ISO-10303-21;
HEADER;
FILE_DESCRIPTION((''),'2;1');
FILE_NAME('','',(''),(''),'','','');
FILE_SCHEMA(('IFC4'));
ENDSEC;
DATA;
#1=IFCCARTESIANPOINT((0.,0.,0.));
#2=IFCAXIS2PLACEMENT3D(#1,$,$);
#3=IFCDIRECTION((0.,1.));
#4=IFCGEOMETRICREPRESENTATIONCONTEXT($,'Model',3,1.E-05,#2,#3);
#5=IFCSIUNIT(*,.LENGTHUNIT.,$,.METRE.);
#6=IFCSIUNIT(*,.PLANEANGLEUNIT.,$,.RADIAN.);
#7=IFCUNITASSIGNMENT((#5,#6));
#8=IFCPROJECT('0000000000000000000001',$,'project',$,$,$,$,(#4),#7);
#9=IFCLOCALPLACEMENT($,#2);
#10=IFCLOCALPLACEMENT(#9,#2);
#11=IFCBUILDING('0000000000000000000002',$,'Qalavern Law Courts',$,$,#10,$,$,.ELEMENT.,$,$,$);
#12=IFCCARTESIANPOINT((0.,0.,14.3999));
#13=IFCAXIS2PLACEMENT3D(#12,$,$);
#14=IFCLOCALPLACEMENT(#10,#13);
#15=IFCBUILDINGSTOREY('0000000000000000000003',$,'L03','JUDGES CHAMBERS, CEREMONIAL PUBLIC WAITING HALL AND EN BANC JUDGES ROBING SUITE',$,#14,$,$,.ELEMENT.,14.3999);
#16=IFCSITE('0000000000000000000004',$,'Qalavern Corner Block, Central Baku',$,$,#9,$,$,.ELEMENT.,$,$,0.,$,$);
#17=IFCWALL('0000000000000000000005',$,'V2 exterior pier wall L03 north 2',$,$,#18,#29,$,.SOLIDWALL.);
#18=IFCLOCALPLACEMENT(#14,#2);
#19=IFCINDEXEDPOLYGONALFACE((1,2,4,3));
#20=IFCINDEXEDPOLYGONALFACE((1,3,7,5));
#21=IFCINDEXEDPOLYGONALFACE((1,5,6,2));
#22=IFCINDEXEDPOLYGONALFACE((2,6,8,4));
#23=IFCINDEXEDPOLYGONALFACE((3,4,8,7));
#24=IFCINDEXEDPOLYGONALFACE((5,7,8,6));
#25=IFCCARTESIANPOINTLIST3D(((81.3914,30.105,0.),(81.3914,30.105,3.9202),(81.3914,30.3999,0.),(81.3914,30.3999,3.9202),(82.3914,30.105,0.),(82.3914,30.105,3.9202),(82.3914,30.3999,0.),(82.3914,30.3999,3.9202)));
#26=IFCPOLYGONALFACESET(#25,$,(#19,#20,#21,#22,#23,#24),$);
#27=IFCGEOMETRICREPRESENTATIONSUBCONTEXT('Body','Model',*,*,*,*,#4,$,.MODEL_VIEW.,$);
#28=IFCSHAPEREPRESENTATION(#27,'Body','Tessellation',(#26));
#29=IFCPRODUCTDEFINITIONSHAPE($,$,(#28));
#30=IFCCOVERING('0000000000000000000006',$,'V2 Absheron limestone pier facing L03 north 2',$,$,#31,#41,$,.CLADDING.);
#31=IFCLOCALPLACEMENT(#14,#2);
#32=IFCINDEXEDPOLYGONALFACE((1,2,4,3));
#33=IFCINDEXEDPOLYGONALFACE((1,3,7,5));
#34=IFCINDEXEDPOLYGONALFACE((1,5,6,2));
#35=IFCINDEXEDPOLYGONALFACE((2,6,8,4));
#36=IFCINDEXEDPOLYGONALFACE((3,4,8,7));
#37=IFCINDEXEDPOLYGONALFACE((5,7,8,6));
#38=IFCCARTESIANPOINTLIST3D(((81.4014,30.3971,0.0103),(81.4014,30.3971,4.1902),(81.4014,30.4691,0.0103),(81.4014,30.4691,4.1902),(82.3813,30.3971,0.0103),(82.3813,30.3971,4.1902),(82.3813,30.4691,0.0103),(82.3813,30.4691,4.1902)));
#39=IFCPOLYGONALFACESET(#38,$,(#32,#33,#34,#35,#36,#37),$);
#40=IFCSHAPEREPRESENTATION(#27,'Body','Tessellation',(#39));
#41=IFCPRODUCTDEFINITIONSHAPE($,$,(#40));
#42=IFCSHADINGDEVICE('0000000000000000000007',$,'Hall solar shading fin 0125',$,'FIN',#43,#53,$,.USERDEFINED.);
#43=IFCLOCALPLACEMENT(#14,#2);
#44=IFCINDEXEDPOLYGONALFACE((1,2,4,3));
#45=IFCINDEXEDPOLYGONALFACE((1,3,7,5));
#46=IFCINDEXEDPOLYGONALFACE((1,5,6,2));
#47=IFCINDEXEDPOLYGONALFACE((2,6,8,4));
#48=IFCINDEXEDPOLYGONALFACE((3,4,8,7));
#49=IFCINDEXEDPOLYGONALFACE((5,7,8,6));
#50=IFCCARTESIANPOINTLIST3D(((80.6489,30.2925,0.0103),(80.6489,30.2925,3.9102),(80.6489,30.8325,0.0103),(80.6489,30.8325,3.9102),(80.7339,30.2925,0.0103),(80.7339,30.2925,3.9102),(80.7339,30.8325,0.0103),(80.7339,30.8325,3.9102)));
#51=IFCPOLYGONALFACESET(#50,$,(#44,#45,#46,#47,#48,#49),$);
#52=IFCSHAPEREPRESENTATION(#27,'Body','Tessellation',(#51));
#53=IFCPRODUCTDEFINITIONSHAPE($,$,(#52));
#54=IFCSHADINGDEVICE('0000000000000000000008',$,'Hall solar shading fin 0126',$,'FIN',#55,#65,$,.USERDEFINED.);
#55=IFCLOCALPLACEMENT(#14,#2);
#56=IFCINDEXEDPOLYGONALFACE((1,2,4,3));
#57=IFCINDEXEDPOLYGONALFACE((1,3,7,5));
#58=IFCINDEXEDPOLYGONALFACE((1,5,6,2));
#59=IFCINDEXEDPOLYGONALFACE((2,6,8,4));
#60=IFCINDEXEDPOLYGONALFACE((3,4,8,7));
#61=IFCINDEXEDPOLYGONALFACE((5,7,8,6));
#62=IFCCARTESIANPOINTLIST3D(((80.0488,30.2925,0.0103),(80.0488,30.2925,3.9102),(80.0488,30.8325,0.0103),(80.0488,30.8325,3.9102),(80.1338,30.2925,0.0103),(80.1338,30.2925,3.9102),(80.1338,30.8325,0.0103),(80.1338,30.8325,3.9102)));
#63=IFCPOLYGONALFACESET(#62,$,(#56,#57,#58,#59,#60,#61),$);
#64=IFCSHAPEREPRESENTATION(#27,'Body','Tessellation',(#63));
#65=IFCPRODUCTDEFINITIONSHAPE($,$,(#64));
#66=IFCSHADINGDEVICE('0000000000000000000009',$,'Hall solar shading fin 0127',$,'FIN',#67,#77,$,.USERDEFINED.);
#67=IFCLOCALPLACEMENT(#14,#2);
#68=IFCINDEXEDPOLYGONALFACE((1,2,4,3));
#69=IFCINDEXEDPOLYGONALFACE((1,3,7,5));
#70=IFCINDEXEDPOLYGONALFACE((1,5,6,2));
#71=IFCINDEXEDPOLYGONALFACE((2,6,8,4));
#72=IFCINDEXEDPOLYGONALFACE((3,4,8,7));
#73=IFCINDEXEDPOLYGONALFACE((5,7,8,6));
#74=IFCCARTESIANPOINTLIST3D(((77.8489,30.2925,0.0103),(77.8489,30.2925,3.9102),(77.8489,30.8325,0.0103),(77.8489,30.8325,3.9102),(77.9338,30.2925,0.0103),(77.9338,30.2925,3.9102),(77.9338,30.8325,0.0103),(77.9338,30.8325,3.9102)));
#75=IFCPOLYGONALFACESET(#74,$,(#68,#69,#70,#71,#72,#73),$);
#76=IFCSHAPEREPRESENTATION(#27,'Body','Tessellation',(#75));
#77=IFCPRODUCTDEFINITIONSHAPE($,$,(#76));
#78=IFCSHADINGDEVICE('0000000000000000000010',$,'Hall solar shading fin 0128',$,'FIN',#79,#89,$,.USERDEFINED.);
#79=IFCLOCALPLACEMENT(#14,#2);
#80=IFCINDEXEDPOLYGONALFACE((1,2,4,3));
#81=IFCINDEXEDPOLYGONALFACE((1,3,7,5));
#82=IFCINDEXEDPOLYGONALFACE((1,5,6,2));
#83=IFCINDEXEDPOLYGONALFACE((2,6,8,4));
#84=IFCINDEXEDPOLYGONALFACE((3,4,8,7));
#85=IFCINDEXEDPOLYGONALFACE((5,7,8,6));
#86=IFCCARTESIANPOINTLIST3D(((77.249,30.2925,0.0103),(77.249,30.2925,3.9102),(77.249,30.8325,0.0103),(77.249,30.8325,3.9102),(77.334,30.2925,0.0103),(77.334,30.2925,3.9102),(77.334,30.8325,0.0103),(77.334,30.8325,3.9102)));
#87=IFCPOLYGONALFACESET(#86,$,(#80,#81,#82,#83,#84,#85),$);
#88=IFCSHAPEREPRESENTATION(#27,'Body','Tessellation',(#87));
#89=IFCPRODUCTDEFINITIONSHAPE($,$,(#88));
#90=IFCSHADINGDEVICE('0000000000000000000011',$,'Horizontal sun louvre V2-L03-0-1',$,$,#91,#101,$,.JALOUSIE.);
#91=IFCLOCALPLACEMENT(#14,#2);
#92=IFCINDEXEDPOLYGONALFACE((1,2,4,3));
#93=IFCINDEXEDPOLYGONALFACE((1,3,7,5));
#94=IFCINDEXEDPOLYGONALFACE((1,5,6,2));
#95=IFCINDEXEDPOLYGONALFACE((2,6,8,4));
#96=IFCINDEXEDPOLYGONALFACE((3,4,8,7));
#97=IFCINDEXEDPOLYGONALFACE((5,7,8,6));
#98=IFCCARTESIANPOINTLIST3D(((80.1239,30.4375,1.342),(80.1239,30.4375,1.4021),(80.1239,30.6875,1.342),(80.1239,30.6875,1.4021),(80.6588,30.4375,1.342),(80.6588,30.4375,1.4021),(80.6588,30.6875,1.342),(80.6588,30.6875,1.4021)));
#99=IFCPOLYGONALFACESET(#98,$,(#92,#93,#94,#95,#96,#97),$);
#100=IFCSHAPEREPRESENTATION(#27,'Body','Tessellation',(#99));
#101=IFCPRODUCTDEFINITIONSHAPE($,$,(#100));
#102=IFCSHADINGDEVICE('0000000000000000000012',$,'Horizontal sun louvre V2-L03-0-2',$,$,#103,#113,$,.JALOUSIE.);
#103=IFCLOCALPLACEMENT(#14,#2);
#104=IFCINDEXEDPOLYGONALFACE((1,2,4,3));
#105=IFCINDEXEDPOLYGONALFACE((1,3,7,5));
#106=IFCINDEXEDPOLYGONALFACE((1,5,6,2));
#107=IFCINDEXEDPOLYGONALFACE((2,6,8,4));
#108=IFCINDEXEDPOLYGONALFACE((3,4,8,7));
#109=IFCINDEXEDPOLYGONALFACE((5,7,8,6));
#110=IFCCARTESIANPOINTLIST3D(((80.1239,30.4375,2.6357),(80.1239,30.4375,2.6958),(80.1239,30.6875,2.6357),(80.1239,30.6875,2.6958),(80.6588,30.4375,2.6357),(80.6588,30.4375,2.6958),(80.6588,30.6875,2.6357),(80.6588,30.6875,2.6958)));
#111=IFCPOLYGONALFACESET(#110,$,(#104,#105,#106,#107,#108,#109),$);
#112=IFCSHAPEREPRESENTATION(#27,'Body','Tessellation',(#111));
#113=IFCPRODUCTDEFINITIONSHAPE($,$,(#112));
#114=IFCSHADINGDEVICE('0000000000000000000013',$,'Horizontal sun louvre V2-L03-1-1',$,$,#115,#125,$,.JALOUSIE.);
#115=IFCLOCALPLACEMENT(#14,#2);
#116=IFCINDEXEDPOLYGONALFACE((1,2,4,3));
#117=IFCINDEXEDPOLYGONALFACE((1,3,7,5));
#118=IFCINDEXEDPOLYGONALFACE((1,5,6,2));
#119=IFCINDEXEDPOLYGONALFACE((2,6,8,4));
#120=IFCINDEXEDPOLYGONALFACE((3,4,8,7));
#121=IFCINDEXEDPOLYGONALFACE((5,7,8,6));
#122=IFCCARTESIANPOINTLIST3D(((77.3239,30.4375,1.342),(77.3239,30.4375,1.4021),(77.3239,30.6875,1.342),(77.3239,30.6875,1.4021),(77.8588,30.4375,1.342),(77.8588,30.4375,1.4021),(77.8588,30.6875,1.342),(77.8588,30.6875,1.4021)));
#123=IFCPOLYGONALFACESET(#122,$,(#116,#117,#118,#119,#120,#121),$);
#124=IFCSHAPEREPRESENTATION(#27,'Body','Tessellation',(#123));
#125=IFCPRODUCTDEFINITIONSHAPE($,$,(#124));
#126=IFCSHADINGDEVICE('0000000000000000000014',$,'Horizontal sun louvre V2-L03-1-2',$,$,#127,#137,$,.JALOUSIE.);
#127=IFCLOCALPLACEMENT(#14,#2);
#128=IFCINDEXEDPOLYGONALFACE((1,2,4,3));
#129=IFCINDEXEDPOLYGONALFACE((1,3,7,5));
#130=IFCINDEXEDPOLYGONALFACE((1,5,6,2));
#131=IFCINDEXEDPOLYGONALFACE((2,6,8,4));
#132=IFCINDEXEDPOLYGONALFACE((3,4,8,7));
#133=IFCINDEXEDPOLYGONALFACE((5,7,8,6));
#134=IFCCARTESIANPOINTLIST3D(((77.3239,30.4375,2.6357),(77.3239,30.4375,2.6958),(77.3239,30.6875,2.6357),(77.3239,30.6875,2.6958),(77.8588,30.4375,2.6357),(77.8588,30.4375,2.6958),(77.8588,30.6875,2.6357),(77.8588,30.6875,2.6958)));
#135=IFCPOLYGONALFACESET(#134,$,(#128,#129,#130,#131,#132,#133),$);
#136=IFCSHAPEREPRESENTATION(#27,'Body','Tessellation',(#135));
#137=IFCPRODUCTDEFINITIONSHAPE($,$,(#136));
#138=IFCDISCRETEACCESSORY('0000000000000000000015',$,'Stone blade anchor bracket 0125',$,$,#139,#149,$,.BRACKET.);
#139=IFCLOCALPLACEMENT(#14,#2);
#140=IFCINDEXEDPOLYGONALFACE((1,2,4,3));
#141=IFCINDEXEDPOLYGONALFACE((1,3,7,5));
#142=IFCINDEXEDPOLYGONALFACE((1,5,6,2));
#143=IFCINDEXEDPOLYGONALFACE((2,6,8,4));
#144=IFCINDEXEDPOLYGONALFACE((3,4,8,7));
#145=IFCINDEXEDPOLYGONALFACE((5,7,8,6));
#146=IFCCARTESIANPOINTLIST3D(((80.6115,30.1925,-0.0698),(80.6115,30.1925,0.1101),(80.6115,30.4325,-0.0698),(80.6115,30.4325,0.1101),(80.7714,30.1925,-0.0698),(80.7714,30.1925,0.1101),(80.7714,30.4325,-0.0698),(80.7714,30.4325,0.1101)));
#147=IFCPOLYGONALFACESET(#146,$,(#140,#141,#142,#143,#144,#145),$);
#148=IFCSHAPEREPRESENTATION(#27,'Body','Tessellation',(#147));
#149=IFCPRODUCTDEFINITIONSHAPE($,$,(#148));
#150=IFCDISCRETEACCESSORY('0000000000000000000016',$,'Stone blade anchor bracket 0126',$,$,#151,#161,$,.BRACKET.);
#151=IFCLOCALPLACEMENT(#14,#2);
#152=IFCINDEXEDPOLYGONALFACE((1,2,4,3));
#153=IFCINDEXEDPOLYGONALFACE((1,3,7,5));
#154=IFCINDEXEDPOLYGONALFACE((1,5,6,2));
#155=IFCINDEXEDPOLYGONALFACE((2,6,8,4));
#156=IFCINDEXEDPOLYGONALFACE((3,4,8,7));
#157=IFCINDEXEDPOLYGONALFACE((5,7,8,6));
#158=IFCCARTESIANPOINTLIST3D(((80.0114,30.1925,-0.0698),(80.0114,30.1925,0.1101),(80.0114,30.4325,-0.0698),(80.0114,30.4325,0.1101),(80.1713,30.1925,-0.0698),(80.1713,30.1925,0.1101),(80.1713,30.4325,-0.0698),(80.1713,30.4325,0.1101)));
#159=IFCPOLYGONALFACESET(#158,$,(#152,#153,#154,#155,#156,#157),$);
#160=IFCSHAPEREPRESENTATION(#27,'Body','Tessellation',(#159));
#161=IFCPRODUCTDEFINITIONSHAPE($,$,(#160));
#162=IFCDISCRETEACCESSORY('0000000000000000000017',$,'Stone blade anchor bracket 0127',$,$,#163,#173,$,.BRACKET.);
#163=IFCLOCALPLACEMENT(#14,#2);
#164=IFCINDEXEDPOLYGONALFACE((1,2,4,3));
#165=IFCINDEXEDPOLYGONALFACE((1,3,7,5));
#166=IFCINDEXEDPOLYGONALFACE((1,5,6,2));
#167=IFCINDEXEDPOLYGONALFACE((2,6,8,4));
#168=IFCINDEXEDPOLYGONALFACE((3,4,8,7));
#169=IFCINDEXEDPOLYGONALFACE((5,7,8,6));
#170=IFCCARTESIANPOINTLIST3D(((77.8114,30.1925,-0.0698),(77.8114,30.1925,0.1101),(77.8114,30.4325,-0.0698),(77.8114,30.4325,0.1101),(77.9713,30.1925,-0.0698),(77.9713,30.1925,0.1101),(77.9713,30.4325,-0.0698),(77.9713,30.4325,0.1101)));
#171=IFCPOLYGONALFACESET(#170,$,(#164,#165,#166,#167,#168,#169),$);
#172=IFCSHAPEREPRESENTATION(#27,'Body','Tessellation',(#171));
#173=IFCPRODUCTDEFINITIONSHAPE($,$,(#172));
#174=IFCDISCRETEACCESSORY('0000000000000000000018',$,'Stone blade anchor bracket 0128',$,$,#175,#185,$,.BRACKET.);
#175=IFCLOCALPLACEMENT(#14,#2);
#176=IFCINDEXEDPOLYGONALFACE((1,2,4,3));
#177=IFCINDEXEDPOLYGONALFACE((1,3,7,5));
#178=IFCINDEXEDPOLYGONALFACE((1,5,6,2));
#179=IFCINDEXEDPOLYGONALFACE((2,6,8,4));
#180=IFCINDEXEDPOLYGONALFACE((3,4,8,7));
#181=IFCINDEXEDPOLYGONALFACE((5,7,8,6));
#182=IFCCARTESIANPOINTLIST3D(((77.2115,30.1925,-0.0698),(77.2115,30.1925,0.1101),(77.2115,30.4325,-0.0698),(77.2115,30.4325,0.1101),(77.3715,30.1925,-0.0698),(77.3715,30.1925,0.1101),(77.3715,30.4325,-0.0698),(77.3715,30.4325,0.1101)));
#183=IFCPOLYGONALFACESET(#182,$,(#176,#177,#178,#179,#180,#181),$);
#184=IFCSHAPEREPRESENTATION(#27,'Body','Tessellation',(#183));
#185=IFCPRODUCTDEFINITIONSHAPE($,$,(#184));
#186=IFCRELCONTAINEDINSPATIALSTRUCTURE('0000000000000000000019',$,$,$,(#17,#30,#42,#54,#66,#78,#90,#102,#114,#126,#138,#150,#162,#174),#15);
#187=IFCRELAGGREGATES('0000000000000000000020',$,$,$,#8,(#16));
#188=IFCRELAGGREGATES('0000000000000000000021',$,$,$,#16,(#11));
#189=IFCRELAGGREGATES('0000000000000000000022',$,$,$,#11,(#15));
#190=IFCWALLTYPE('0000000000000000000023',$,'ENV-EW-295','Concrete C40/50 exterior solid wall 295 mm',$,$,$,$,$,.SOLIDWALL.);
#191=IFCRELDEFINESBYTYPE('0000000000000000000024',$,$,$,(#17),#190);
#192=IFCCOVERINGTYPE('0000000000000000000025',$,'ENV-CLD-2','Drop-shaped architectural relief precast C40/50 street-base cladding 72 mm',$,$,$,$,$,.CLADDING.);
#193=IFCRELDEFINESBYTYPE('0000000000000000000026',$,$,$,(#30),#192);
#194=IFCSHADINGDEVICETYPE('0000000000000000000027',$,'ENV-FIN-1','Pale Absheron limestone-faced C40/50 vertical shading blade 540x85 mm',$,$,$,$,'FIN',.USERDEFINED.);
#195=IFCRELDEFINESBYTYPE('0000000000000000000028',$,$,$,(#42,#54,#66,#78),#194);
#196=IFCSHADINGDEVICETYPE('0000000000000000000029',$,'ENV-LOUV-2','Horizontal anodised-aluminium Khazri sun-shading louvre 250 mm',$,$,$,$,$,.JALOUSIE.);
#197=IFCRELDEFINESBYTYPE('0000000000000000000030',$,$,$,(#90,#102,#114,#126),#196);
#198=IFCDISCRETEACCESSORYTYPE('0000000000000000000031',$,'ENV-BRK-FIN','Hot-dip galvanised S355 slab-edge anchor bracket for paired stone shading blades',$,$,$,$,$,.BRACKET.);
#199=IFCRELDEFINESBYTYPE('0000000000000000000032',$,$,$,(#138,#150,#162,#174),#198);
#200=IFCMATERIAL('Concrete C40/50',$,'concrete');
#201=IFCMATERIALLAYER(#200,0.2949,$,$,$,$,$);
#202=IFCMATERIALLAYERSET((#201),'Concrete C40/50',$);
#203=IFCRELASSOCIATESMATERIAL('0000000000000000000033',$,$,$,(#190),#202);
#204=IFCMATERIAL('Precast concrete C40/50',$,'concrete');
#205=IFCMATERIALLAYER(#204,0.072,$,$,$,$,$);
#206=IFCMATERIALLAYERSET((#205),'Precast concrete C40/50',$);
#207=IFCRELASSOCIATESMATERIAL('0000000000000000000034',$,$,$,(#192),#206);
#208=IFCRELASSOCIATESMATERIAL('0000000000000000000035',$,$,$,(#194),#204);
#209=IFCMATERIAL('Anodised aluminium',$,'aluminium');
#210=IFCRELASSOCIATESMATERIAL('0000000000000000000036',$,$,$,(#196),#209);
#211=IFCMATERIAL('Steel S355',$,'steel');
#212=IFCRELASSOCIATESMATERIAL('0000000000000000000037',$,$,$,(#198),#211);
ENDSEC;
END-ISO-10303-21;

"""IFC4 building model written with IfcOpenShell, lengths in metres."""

from ifc_helpers import new_model, si_unit, direction, frame, frame_2d, origin, origin_2d, place, context, subcontext, project, spatial, rectangle, extrude, material, layer, layer_set, type_object, element, save


model = new_model("IFC4")

# Units and contexts
model_context = context("Model", 3, precision=1e-05, world=origin(), true_north=direction((0.0, 1.0)))
body_context = subcontext(model_context, "Body", "Model", "MODEL_VIEW")
ifc_project = project(units=[si_unit("LENGTHUNIT", "METRE"), si_unit("PLANEANGLEUNIT", "RADIAN")], contexts=[model_context])

# Site, building, storey
site_placement = place(None, origin())
site = spatial("IfcSite", under=ifc_project, at=site_placement, Name="Qalavern Corner Block, Central Baku", CompositionType="ELEMENT", RefElevation=0.0)
building_placement = place(site_placement, origin())
building = spatial("IfcBuilding", under=site, at=building_placement, Name="Qalavern Law Courts", CompositionType="ELEMENT")
storey_placement = place(building_placement, frame((0.0, 0.0, 14.3999)))
storey = spatial("IfcBuildingStorey", under=building, at=storey_placement, Name="L03", Description="JUDGES CHAMBERS, CEREMONIAL PUBLIC WAITING HALL AND EN BANC JUDGES ROBING SUITE", CompositionType="ELEMENT", Elevation=14.3999)

# Shared definitions
ifc_material_1 = material(Name="Anodised aluminium", Category="aluminium")

# Wall
ifc_material_2 = material(Name="Concrete C40/50", Category="concrete")
ifc_layer_1 = layer(ifc_material_2, 0.2949)
ifc_layer_set_1 = layer_set([ifc_layer_1], Name="Concrete C40/50")
wall_type = type_object("IfcWallType", Name="ENV-EW-295", Description="Concrete C40/50 exterior solid wall 295 mm", PredefinedType="SOLIDWALL", material=ifc_layer_set_1)
wall_placement = place(storey_placement, frame((82.3914, 30.2524, 0.0), z_axis=(0.0, 0.0, 1.0), x_axis=(-1.0, 0.0, 0.0)))
element("IfcWall", 1, at=wall_placement, inside=storey, type_object=wall_type, Name="V2 exterior pier wall L03 north 2", PredefinedType="SOLIDWALL", context=body_context, shape_type="SweptSolid", body=[
    extrude(rectangle(XDim=1.0, YDim=0.2949, at=frame_2d((0.5, 0.0))), origin(), (0.0, 0.0, 1.0), 3.9202),
])

# Covering
ifc_material_3 = material(Name="Precast concrete C40/50", Category="concrete")
ifc_layer_2 = layer(ifc_material_3, 0.072)
ifc_layer_set_2 = layer_set([ifc_layer_2], Name="Precast concrete C40/50")
covering_type = type_object("IfcCoveringType", Name="ENV-CLD-2", Description="Drop-shaped architectural relief precast C40/50 street-base cladding 72 mm", PredefinedType="CLADDING", material=ifc_layer_set_2)
covering_placement = place(storey_placement, frame((81.8914, 30.4331, 0.0103), z_axis=(0.0, 0.0, 1.0), x_axis=(-1.0, 0.0, 0.0)))
element("IfcCovering", 2, at=covering_placement, inside=storey, type_object=covering_type, Name="V2 Absheron limestone pier facing L03 north 2", PredefinedType="CLADDING", context=body_context, shape_type="SweptSolid", body=[
    extrude(rectangle(XDim=0.98, YDim=0.072, at=origin_2d()), origin(), (0.0, 0.0, 1.0), 4.1799),
])

# Shading devices
shading_device_type_1 = type_object("IfcShadingDeviceType", Name="ENV-FIN-1", Description="Pale Absheron limestone-faced C40/50 vertical shading blade 540x85 mm", ElementType="FIN", PredefinedType="USERDEFINED", material=ifc_material_3)
for number, where, z_axis, x_axis, name in (
    (3, (80.6914, 30.5625, 0.0103), (0.0, 0.0, 1.0), (0.0, 1.0, 0.0), "Hall solar shading fin 0125"),
    (4, (80.0913, 30.5625, 0.0103), (0.0, 0.0, 1.0), (0.0, 1.0, 0.0), "Hall solar shading fin 0126"),
    (5, (77.8914, 30.5625, 0.0103), (0.0, 0.0, 1.0), (0.0, 1.0, 0.0), "Hall solar shading fin 0127"),
    (6, (77.2915, 30.5625, 0.0103), (0.0, 0.0, 1.0), (0.0, 1.0, 0.0), "Hall solar shading fin 0128"),
):
    element("IfcShadingDevice", number, at=place(storey_placement, frame(where, z_axis=z_axis, x_axis=x_axis)), inside=storey, type_object=shading_device_type_1, Name=name, ObjectType="FIN", PredefinedType="USERDEFINED", context=body_context, shape_type="SweptSolid", body=[
        extrude(rectangle(XDim=0.54, YDim=0.085, at=origin_2d()), origin(), (0.0, 0.0, 1.0), 3.8999),
    ])
shading_device_type_2 = type_object("IfcShadingDeviceType", Name="ENV-LOUV-2", Description="Horizontal anodised-aluminium Khazri sun-shading louvre 250 mm", PredefinedType="JALOUSIE", material=ifc_material_1)
for number, where, z_axis, x_axis, name in (
    (7, (80.3914, 30.5625, 1.342), (0.0, 0.0, 1.0), (-1.0, 0.0, 0.0), "Horizontal sun louvre V2-L03-0-1"),
    (8, (80.3914, 30.5625, 2.6357), (0.0, 0.0, 1.0), (-1.0, 0.0, 0.0), "Horizontal sun louvre V2-L03-0-2"),
    (9, (77.5913, 30.5625, 1.342), (0.0, 0.0, 1.0), (-1.0, 0.0, 0.0), "Horizontal sun louvre V2-L03-1-1"),
    (10, (77.5913, 30.5625, 2.6357), (0.0, 0.0, 1.0), (-1.0, 0.0, 0.0), "Horizontal sun louvre V2-L03-1-2"),
):
    element("IfcShadingDevice", number, at=place(storey_placement, frame(where, z_axis=z_axis, x_axis=x_axis)), inside=storey, type_object=shading_device_type_2, Name=name, PredefinedType="JALOUSIE", context=body_context, shape_type="SweptSolid", body=[
        extrude(rectangle(XDim=0.5349, YDim=0.25, at=origin_2d()), origin(), (0.0, 0.0, 1.0), 0.0601),
    ])

# Discrete accessories
ifc_material_4 = material(Name="Steel S355", Category="steel")
discrete_accessory_type = type_object("IfcDiscreteAccessoryType", Name="ENV-BRK-FIN", Description="Hot-dip galvanised S355 slab-edge anchor bracket for paired stone shading blades", PredefinedType="BRACKET", material=ifc_material_4)
for number, where, z_axis, x_axis, name in (
    (11, (80.6914, 30.3125, -0.0698), (0.0, 0.0, 1.0), (0.0, 1.0, 0.0), "Stone blade anchor bracket 0125"),
    (12, (80.0913, 30.3125, -0.0698), (0.0, 0.0, 1.0), (0.0, 1.0, 0.0), "Stone blade anchor bracket 0126"),
    (13, (77.8914, 30.3125, -0.0698), (0.0, 0.0, 1.0), (0.0, 1.0, 0.0), "Stone blade anchor bracket 0127"),
    (14, (77.2915, 30.3125, -0.0698), (0.0, 0.0, 1.0), (0.0, 1.0, 0.0), "Stone blade anchor bracket 0128"),
):
    element("IfcDiscreteAccessory", number, at=place(storey_placement, frame(where, z_axis=z_axis, x_axis=x_axis)), inside=storey, type_object=discrete_accessory_type, Name=name, PredefinedType="BRACKET", context=body_context, shape_type="SweptSolid", body=[
        extrude(rectangle(XDim=0.24, YDim=0.1599, at=origin_2d()), origin(), (0.0, 0.0, 1.0), 0.1799),
    ])

save(model, "model.ifc")
